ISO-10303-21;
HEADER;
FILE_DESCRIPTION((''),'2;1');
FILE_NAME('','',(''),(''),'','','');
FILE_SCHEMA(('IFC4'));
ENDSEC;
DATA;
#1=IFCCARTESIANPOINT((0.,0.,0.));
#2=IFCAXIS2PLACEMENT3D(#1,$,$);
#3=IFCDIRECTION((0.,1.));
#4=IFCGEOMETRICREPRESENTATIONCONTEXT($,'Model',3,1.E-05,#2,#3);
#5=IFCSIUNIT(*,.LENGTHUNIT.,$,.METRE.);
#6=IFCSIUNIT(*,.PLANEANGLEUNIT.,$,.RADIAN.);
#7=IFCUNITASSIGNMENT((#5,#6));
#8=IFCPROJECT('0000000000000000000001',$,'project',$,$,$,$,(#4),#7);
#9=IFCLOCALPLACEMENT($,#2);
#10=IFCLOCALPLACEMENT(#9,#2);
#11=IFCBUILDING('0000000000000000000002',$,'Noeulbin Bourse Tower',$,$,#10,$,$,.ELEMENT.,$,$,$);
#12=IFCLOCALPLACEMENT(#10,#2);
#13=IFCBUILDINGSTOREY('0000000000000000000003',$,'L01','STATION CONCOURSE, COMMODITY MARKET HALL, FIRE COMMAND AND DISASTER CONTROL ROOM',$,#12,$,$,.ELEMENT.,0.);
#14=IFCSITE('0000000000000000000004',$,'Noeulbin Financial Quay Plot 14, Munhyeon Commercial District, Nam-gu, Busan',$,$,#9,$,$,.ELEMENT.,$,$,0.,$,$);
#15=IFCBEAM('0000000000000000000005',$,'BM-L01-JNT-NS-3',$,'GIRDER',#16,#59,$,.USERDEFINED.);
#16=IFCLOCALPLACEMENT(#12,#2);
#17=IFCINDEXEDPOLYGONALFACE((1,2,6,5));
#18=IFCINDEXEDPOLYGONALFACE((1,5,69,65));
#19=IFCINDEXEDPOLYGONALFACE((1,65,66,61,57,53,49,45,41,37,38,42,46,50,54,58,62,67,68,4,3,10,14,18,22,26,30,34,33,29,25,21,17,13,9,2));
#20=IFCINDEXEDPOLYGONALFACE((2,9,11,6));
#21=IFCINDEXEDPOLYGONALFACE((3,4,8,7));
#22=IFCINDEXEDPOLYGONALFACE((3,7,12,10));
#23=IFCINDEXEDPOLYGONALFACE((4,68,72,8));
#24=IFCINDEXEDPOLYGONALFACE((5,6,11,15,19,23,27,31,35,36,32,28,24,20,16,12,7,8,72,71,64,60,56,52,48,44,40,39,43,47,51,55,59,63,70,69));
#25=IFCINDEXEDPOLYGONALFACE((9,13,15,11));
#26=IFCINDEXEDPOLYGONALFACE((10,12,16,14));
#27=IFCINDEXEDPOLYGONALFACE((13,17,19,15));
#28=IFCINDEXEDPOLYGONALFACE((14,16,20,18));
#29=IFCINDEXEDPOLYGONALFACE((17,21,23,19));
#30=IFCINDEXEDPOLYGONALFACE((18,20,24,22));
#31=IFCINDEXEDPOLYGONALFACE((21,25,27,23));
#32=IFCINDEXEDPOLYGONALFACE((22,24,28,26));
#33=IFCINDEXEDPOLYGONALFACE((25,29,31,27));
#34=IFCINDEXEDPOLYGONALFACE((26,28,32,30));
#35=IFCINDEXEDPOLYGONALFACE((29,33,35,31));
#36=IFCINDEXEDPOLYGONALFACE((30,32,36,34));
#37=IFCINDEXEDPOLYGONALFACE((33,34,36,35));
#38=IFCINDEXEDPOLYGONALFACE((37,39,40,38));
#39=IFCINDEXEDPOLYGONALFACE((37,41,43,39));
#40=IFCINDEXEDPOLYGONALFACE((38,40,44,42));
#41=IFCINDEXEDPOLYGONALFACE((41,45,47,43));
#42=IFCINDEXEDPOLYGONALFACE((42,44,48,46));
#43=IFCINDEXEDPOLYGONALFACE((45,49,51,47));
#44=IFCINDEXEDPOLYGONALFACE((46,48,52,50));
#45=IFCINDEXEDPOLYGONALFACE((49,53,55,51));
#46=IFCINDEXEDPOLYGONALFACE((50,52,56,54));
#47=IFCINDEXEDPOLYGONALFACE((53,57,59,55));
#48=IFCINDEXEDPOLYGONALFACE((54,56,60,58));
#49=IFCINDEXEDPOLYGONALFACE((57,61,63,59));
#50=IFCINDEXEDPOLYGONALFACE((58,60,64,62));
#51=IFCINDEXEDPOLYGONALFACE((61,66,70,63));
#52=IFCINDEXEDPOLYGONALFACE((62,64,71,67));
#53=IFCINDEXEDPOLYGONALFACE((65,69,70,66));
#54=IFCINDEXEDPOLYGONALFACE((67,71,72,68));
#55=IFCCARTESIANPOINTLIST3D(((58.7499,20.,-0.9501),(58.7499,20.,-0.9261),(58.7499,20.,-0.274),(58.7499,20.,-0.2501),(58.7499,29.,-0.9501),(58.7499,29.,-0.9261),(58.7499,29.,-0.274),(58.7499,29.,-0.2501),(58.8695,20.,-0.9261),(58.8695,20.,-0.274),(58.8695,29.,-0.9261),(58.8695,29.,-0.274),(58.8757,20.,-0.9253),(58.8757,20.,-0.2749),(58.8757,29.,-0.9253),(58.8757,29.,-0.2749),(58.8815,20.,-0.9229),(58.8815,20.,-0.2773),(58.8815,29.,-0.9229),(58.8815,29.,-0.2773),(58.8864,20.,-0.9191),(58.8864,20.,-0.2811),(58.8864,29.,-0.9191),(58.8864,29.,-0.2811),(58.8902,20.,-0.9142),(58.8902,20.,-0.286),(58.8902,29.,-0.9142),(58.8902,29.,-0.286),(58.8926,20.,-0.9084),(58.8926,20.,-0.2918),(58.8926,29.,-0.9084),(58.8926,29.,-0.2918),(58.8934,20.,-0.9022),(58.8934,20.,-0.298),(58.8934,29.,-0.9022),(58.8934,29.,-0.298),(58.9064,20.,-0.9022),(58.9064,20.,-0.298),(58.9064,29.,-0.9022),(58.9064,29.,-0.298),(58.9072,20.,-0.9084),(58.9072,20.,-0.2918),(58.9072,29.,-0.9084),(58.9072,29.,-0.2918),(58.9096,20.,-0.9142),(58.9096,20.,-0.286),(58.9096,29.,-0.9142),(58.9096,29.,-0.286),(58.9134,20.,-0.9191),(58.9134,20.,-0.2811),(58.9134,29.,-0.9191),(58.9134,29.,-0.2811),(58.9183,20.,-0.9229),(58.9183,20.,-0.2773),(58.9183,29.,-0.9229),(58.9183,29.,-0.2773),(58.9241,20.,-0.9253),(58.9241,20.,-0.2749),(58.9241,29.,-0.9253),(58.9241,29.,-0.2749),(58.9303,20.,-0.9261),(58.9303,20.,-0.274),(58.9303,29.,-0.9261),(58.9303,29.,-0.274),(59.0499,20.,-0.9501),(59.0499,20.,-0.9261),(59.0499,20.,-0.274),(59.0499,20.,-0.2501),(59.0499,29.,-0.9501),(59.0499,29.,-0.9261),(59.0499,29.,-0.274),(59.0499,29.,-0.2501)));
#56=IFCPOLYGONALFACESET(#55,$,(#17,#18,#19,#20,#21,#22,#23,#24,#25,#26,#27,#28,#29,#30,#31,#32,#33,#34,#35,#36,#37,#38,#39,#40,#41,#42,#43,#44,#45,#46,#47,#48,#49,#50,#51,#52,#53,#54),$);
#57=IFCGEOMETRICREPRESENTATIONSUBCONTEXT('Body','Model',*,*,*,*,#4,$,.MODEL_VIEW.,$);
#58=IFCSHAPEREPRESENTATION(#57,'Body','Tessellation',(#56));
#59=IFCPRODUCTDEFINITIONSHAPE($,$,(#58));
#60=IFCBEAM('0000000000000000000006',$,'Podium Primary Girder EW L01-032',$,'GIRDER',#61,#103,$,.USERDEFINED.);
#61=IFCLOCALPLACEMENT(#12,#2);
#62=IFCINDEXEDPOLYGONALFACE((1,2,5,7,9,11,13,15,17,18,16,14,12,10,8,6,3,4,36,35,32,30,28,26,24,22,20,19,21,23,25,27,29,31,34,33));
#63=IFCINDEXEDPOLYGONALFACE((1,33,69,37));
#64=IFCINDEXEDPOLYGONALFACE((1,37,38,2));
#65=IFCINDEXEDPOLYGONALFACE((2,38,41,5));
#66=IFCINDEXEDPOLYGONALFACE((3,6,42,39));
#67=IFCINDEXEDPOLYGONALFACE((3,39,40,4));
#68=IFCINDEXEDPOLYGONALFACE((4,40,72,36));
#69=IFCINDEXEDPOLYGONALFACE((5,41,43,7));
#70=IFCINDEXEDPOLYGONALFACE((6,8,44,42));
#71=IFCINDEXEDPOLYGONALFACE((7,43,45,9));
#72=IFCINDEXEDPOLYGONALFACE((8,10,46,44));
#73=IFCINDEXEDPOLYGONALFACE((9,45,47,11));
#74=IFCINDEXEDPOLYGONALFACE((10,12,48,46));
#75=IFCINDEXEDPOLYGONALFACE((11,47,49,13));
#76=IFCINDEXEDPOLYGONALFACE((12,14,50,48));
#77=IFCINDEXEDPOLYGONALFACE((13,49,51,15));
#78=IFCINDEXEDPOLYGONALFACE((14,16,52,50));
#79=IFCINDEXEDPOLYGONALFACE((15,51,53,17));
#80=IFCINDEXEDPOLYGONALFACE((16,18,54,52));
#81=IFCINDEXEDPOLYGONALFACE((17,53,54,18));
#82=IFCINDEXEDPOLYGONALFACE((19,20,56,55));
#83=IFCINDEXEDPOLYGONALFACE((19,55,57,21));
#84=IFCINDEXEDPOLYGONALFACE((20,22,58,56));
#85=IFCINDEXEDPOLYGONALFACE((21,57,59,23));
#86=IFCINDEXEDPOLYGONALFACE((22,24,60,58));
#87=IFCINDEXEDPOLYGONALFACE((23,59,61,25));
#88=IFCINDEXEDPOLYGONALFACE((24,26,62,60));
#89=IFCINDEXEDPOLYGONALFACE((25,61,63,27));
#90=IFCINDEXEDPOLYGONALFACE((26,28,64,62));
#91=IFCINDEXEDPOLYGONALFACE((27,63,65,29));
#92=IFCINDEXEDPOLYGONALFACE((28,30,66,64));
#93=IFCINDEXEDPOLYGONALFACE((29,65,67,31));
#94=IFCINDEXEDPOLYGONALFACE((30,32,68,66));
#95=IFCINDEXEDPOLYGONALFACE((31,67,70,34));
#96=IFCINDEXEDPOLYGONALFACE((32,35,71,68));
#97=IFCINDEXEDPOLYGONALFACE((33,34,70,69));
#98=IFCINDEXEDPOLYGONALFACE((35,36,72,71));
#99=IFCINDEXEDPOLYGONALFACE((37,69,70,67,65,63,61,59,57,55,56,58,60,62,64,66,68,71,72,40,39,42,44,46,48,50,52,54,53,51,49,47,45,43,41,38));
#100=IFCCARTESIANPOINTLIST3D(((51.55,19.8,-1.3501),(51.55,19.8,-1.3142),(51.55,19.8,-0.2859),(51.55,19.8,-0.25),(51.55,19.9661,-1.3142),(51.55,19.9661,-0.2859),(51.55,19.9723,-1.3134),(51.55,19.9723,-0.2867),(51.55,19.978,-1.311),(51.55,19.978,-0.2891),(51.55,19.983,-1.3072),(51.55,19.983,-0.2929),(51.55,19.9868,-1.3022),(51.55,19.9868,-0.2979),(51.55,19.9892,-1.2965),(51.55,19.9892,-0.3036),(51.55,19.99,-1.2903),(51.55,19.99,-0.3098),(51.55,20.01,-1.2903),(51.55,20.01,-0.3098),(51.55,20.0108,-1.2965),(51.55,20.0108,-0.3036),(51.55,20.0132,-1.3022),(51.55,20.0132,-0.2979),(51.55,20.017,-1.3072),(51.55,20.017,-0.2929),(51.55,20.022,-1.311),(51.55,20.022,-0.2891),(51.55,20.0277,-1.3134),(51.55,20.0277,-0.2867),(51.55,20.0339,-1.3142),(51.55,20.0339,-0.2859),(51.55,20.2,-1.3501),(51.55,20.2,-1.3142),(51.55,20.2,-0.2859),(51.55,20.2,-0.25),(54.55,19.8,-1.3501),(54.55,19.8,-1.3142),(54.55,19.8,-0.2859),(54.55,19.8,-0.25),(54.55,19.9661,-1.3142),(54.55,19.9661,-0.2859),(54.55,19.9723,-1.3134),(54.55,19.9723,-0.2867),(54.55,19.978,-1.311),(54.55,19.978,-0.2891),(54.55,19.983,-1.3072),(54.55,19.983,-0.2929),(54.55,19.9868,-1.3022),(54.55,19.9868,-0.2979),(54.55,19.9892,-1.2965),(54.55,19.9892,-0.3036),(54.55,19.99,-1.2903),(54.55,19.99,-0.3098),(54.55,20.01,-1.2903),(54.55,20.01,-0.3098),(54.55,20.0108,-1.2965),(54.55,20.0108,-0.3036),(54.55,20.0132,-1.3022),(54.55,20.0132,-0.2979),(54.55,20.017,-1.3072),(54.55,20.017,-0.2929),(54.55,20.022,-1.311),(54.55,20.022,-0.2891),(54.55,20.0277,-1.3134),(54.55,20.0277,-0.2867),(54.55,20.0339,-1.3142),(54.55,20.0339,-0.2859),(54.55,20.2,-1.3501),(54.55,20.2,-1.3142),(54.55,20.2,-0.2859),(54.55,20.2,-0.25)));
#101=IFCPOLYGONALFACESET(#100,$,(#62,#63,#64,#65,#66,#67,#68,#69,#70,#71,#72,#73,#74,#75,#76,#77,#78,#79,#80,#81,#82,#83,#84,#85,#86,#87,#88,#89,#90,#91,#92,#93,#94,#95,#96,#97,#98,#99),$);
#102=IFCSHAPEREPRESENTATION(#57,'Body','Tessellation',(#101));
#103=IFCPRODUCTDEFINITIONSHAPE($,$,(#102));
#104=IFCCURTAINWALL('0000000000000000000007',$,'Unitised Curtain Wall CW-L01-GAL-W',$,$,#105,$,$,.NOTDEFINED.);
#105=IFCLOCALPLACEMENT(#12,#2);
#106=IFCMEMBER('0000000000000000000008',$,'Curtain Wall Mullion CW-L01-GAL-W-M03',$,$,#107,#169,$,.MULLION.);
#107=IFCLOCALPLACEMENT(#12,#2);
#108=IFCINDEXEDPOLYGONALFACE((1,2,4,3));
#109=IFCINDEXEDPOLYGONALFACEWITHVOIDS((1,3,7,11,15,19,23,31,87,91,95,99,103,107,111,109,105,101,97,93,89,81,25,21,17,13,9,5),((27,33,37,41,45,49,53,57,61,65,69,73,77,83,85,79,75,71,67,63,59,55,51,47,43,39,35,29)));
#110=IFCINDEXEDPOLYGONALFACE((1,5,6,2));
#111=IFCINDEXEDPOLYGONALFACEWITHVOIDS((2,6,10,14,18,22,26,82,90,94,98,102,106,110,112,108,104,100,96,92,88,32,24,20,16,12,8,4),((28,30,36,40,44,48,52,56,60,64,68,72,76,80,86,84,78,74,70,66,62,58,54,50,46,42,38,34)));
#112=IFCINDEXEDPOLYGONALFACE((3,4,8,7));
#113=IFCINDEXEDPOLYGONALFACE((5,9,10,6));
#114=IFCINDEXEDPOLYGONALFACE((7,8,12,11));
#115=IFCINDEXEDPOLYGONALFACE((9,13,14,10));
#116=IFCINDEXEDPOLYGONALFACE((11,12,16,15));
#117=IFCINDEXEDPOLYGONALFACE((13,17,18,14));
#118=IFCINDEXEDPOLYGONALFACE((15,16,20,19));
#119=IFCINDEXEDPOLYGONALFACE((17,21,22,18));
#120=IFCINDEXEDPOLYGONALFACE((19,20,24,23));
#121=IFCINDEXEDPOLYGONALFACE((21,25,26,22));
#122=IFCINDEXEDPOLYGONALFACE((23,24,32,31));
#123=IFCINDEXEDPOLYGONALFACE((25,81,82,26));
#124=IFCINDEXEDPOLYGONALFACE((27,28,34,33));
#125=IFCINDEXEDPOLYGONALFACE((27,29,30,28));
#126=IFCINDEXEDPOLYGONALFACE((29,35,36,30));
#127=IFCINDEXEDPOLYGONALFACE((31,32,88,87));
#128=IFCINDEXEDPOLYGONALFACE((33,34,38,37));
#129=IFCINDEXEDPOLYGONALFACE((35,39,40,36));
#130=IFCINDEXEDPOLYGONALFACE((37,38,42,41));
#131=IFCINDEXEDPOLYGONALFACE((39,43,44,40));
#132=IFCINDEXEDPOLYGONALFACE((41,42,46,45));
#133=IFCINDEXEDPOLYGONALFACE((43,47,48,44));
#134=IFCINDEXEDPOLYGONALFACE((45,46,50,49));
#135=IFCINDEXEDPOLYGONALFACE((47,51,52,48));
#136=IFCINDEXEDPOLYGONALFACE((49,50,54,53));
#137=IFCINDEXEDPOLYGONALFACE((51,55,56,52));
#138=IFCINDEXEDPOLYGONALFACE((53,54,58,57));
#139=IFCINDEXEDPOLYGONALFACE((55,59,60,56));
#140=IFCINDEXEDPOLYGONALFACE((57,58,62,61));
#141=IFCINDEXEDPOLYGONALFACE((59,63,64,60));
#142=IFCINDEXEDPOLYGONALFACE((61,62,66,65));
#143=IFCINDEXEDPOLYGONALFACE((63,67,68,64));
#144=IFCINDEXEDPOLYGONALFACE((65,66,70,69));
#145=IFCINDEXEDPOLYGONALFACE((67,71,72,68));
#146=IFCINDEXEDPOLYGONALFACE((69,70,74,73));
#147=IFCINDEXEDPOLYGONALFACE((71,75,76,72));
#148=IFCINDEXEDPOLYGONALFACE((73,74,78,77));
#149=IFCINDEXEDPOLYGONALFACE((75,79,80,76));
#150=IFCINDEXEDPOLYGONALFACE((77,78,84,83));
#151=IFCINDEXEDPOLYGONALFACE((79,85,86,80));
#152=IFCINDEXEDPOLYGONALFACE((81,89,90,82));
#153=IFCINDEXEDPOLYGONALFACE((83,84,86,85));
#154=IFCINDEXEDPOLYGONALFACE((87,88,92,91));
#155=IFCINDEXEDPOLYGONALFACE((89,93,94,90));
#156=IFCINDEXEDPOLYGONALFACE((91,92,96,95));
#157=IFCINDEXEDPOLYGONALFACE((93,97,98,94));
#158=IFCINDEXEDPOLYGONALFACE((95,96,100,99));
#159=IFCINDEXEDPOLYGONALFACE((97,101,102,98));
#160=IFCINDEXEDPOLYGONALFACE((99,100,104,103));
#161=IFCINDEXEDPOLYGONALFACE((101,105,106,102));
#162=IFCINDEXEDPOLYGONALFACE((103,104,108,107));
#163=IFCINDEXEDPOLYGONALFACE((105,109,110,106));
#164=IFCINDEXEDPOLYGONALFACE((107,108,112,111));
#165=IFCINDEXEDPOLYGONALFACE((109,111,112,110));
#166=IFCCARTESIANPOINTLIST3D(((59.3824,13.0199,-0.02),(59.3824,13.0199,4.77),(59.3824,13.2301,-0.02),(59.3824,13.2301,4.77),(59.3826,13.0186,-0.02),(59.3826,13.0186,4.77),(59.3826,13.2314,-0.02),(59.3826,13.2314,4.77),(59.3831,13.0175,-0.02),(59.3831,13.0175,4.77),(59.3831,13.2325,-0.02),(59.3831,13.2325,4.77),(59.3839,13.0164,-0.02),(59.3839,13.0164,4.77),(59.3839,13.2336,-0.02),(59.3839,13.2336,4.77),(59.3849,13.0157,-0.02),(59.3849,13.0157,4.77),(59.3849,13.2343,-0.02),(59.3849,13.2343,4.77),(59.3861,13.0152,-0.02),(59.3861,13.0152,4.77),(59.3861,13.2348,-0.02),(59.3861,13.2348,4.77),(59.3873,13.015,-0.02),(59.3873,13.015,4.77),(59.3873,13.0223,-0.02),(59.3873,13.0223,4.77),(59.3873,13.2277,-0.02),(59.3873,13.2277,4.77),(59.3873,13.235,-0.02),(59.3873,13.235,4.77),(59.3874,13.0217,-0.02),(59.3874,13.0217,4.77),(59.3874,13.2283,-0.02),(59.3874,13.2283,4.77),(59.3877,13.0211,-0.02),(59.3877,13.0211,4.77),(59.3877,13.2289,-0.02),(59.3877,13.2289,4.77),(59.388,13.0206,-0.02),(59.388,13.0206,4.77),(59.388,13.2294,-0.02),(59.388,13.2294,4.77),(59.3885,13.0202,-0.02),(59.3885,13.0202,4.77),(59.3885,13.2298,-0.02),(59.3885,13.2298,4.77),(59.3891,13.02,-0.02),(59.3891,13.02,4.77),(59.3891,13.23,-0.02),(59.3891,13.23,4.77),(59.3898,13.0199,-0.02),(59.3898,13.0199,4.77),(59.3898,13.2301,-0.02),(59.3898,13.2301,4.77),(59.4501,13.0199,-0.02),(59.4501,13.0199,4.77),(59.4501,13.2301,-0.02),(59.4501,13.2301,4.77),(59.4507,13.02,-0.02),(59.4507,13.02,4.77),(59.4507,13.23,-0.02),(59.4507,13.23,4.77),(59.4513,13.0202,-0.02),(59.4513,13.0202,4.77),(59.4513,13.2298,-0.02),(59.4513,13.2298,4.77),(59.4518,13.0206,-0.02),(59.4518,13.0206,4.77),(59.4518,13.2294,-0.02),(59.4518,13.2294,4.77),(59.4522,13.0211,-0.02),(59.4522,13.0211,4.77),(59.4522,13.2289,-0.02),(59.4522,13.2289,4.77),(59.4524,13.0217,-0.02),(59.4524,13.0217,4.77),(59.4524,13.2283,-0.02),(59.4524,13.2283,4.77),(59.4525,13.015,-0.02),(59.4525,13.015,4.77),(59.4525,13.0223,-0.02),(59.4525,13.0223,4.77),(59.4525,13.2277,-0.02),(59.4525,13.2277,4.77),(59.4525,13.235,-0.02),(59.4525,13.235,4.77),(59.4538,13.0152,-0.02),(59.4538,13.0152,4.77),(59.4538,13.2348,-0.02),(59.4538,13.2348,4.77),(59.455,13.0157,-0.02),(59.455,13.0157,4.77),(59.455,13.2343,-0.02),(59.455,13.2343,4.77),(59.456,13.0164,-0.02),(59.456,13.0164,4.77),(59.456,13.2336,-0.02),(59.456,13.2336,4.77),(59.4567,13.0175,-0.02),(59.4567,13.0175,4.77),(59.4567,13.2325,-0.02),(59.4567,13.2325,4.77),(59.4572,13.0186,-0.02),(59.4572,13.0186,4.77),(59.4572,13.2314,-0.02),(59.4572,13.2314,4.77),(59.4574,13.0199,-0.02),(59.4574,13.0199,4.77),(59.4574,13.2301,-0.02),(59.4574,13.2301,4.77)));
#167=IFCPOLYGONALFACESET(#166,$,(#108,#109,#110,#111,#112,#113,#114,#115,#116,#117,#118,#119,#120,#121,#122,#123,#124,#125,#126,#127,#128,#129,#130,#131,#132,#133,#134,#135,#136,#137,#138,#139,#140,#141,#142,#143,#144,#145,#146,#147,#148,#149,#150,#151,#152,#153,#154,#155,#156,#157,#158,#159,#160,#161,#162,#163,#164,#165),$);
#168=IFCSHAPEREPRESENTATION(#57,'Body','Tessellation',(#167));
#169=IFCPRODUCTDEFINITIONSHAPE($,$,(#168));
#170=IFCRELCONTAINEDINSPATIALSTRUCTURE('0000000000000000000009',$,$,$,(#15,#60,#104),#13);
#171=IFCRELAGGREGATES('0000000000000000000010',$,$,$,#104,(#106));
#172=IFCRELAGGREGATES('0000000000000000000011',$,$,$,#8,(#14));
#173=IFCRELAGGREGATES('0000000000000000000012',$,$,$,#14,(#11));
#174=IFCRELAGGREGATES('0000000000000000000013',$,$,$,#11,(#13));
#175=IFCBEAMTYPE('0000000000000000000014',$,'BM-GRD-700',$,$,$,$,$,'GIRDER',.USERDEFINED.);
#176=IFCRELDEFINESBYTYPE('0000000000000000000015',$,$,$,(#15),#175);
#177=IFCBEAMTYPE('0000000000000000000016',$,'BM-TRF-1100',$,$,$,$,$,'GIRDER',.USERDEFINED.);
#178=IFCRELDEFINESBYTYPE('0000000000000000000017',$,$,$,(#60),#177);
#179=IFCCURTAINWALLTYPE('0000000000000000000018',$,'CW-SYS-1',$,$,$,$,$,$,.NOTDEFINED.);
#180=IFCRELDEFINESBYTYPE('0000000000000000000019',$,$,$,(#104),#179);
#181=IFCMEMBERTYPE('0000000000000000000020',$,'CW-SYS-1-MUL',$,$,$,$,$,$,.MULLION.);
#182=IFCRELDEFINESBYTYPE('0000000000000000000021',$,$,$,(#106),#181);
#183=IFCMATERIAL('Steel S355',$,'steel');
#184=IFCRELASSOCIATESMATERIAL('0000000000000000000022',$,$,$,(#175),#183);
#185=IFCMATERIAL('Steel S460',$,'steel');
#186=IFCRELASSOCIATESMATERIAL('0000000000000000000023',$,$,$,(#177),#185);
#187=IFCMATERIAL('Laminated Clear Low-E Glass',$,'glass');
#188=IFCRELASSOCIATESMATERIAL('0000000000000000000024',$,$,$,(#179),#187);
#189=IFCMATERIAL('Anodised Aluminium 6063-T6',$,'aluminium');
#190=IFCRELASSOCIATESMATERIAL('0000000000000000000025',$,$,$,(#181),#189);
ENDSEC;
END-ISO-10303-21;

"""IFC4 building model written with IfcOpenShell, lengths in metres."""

from ifc_helpers import new_model, si_unit, direction, frame, origin, origin_2d, place, context, subcontext, project, spatial, hollow_rectangle, i_section, extrude, material, material_profile, profile_set, type_object, element, aggregate, save


model = new_model("IFC4")

# Units and contexts
model_context = context("Model", 3, precision=1e-05, world=origin(), true_north=direction((0.0, 1.0)))
body_context = subcontext(model_context, "Body", "Model", "MODEL_VIEW")
ifc_project = project(units=[si_unit("LENGTHUNIT", "METRE"), si_unit("PLANEANGLEUNIT", "RADIAN")], contexts=[model_context])

# Site, building, storey
site_placement = place(None, origin())
site = spatial("IfcSite", under=ifc_project, at=site_placement, Name="Noeulbin Financial Quay Plot 14, Munhyeon Commercial District, Nam-gu, Busan", CompositionType="ELEMENT", RefElevation=0.0)
building_placement = place(site_placement, origin())
building = spatial("IfcBuilding", under=site, at=building_placement, Name="Noeulbin Bourse Tower", CompositionType="ELEMENT")
storey_placement = place(building_placement, origin())
storey = spatial("IfcBuildingStorey", under=building, at=storey_placement, Name="L01", Description="STATION CONCOURSE, COMMODITY MARKET HALL, FIRE COMMAND AND DISASTER CONTROL ROOM", CompositionType="ELEMENT", Elevation=0.0)

# Beams
ifc_material_1 = material(Name="Steel S355", Category="steel")
ifc_material_profile_1 = material_profile(ifc_material_1, i_section(OverallWidth=0.3, OverallDepth=0.7, WebThickness=0.0129, FlangeThickness=0.0239, FilletRadius=0.0239, at=origin_2d()), Name="H-700x300x13x24", Category="LoadBearing")
ifc_profile_set_1 = profile_set([ifc_material_profile_1], Name="Steel S355")
beam_type_1 = type_object("IfcBeamType", Name="BM-GRD-700", ElementType="GIRDER", PredefinedType="USERDEFINED", material=ifc_profile_set_1)
beam_1_placement = place(storey_placement, frame((58.8999, 20.0, -0.6001), z_axis=(0.0, 1.0, 0.0), x_axis=(-1.0, 0.0, 0.0)))
element("IfcBeam", 1, at=beam_1_placement, inside=storey, type_object=beam_type_1, Name="BM-L01-JNT-NS-3", ObjectType="GIRDER", PredefinedType="USERDEFINED", context=body_context, shape_type="SweptSolid", body=[
    extrude(i_section(OverallWidth=0.3, OverallDepth=0.7, WebThickness=0.0129, FlangeThickness=0.0239, FilletRadius=0.0239, at=origin_2d()), origin(), (0.0, 0.0, 1.0), 9.0),
])
ifc_material_2 = material(Name="Steel S460", Category="steel")
ifc_material_profile_2 = material_profile(ifc_material_2, i_section(OverallWidth=0.3999, OverallDepth=1.1001, WebThickness=0.02, FlangeThickness=0.0359, FilletRadius=0.0239, at=origin_2d()), Name="PG-1100x400x20x36", Category="LoadBearing")
ifc_profile_set_2 = profile_set([ifc_material_profile_2], Name="Steel S460")
beam_type_2 = type_object("IfcBeamType", Name="BM-TRF-1100", ElementType="GIRDER", PredefinedType="USERDEFINED", material=ifc_profile_set_2)
beam_2_placement = place(storey_placement, frame((51.55, 20.0, -0.8), z_axis=(1.0, 0.0, 0.0), x_axis=(0.0, 1.0, 0.0)))
element("IfcBeam", 2, at=beam_2_placement, inside=storey, type_object=beam_type_2, Name="Podium Primary Girder EW L01-032", ObjectType="GIRDER", PredefinedType="USERDEFINED", context=body_context, shape_type="SweptSolid", body=[
    extrude(i_section(OverallWidth=0.3999, OverallDepth=1.1001, WebThickness=0.02, FlangeThickness=0.0359, FilletRadius=0.0239, at=origin_2d()), origin(), (0.0, 0.0, 1.0), 3.0),
])

# Curtain wall, member
ifc_material_3 = material(Name="Laminated Clear Low-E Glass", Category="glass")
curtain_wall_type = type_object("IfcCurtainWallType", Name="CW-SYS-1", PredefinedType="NOTDEFINED", material=ifc_material_3)
curtain_wall_placement = place(storey_placement, origin())
curtain_wall = element("IfcCurtainWall", 3, at=curtain_wall_placement, inside=storey, type_object=curtain_wall_type, Name="Unitised Curtain Wall CW-L01-GAL-W", PredefinedType="NOTDEFINED")
ifc_material_4 = material(Name="Anodised Aluminium 6063-T6", Category="aluminium")
ifc_material_profile_3 = material_profile(ifc_material_4, hollow_rectangle(XDim=0.075, YDim=0.22, WallThickness=0.0049, InnerFilletRadius=0.0024, OuterFilletRadius=0.0049, at=origin_2d()), Name="ALU-MULL-75x220x5", Category="LoadBearing")
ifc_profile_set_3 = profile_set([ifc_material_profile_3], Name="Anodised Aluminium 6063-T6")
member_type = type_object("IfcMemberType", Name="CW-SYS-1-MUL", PredefinedType="MULLION", material=ifc_profile_set_3)
member_1_placement = place(storey_placement, frame((59.4199, 13.125, -0.02), z_axis=(0.0, 0.0, 1.0), x_axis=(1.0, 0.0, 0.0)))
member_1 = element("IfcMember", 4, at=member_1_placement, type_object=member_type, Name="Curtain Wall Mullion CW-L01-GAL-W-M03", PredefinedType="MULLION", context=body_context, shape_type="SweptSolid", body=[
    extrude(hollow_rectangle(XDim=0.075, YDim=0.22, WallThickness=0.0049, InnerFilletRadius=0.0024, OuterFilletRadius=0.0049, at=origin_2d()), origin(), (0.0, 0.0, 1.0), 4.79),
])
aggregate(curtain_wall, [member_1])

save(model, "model.ifc")
